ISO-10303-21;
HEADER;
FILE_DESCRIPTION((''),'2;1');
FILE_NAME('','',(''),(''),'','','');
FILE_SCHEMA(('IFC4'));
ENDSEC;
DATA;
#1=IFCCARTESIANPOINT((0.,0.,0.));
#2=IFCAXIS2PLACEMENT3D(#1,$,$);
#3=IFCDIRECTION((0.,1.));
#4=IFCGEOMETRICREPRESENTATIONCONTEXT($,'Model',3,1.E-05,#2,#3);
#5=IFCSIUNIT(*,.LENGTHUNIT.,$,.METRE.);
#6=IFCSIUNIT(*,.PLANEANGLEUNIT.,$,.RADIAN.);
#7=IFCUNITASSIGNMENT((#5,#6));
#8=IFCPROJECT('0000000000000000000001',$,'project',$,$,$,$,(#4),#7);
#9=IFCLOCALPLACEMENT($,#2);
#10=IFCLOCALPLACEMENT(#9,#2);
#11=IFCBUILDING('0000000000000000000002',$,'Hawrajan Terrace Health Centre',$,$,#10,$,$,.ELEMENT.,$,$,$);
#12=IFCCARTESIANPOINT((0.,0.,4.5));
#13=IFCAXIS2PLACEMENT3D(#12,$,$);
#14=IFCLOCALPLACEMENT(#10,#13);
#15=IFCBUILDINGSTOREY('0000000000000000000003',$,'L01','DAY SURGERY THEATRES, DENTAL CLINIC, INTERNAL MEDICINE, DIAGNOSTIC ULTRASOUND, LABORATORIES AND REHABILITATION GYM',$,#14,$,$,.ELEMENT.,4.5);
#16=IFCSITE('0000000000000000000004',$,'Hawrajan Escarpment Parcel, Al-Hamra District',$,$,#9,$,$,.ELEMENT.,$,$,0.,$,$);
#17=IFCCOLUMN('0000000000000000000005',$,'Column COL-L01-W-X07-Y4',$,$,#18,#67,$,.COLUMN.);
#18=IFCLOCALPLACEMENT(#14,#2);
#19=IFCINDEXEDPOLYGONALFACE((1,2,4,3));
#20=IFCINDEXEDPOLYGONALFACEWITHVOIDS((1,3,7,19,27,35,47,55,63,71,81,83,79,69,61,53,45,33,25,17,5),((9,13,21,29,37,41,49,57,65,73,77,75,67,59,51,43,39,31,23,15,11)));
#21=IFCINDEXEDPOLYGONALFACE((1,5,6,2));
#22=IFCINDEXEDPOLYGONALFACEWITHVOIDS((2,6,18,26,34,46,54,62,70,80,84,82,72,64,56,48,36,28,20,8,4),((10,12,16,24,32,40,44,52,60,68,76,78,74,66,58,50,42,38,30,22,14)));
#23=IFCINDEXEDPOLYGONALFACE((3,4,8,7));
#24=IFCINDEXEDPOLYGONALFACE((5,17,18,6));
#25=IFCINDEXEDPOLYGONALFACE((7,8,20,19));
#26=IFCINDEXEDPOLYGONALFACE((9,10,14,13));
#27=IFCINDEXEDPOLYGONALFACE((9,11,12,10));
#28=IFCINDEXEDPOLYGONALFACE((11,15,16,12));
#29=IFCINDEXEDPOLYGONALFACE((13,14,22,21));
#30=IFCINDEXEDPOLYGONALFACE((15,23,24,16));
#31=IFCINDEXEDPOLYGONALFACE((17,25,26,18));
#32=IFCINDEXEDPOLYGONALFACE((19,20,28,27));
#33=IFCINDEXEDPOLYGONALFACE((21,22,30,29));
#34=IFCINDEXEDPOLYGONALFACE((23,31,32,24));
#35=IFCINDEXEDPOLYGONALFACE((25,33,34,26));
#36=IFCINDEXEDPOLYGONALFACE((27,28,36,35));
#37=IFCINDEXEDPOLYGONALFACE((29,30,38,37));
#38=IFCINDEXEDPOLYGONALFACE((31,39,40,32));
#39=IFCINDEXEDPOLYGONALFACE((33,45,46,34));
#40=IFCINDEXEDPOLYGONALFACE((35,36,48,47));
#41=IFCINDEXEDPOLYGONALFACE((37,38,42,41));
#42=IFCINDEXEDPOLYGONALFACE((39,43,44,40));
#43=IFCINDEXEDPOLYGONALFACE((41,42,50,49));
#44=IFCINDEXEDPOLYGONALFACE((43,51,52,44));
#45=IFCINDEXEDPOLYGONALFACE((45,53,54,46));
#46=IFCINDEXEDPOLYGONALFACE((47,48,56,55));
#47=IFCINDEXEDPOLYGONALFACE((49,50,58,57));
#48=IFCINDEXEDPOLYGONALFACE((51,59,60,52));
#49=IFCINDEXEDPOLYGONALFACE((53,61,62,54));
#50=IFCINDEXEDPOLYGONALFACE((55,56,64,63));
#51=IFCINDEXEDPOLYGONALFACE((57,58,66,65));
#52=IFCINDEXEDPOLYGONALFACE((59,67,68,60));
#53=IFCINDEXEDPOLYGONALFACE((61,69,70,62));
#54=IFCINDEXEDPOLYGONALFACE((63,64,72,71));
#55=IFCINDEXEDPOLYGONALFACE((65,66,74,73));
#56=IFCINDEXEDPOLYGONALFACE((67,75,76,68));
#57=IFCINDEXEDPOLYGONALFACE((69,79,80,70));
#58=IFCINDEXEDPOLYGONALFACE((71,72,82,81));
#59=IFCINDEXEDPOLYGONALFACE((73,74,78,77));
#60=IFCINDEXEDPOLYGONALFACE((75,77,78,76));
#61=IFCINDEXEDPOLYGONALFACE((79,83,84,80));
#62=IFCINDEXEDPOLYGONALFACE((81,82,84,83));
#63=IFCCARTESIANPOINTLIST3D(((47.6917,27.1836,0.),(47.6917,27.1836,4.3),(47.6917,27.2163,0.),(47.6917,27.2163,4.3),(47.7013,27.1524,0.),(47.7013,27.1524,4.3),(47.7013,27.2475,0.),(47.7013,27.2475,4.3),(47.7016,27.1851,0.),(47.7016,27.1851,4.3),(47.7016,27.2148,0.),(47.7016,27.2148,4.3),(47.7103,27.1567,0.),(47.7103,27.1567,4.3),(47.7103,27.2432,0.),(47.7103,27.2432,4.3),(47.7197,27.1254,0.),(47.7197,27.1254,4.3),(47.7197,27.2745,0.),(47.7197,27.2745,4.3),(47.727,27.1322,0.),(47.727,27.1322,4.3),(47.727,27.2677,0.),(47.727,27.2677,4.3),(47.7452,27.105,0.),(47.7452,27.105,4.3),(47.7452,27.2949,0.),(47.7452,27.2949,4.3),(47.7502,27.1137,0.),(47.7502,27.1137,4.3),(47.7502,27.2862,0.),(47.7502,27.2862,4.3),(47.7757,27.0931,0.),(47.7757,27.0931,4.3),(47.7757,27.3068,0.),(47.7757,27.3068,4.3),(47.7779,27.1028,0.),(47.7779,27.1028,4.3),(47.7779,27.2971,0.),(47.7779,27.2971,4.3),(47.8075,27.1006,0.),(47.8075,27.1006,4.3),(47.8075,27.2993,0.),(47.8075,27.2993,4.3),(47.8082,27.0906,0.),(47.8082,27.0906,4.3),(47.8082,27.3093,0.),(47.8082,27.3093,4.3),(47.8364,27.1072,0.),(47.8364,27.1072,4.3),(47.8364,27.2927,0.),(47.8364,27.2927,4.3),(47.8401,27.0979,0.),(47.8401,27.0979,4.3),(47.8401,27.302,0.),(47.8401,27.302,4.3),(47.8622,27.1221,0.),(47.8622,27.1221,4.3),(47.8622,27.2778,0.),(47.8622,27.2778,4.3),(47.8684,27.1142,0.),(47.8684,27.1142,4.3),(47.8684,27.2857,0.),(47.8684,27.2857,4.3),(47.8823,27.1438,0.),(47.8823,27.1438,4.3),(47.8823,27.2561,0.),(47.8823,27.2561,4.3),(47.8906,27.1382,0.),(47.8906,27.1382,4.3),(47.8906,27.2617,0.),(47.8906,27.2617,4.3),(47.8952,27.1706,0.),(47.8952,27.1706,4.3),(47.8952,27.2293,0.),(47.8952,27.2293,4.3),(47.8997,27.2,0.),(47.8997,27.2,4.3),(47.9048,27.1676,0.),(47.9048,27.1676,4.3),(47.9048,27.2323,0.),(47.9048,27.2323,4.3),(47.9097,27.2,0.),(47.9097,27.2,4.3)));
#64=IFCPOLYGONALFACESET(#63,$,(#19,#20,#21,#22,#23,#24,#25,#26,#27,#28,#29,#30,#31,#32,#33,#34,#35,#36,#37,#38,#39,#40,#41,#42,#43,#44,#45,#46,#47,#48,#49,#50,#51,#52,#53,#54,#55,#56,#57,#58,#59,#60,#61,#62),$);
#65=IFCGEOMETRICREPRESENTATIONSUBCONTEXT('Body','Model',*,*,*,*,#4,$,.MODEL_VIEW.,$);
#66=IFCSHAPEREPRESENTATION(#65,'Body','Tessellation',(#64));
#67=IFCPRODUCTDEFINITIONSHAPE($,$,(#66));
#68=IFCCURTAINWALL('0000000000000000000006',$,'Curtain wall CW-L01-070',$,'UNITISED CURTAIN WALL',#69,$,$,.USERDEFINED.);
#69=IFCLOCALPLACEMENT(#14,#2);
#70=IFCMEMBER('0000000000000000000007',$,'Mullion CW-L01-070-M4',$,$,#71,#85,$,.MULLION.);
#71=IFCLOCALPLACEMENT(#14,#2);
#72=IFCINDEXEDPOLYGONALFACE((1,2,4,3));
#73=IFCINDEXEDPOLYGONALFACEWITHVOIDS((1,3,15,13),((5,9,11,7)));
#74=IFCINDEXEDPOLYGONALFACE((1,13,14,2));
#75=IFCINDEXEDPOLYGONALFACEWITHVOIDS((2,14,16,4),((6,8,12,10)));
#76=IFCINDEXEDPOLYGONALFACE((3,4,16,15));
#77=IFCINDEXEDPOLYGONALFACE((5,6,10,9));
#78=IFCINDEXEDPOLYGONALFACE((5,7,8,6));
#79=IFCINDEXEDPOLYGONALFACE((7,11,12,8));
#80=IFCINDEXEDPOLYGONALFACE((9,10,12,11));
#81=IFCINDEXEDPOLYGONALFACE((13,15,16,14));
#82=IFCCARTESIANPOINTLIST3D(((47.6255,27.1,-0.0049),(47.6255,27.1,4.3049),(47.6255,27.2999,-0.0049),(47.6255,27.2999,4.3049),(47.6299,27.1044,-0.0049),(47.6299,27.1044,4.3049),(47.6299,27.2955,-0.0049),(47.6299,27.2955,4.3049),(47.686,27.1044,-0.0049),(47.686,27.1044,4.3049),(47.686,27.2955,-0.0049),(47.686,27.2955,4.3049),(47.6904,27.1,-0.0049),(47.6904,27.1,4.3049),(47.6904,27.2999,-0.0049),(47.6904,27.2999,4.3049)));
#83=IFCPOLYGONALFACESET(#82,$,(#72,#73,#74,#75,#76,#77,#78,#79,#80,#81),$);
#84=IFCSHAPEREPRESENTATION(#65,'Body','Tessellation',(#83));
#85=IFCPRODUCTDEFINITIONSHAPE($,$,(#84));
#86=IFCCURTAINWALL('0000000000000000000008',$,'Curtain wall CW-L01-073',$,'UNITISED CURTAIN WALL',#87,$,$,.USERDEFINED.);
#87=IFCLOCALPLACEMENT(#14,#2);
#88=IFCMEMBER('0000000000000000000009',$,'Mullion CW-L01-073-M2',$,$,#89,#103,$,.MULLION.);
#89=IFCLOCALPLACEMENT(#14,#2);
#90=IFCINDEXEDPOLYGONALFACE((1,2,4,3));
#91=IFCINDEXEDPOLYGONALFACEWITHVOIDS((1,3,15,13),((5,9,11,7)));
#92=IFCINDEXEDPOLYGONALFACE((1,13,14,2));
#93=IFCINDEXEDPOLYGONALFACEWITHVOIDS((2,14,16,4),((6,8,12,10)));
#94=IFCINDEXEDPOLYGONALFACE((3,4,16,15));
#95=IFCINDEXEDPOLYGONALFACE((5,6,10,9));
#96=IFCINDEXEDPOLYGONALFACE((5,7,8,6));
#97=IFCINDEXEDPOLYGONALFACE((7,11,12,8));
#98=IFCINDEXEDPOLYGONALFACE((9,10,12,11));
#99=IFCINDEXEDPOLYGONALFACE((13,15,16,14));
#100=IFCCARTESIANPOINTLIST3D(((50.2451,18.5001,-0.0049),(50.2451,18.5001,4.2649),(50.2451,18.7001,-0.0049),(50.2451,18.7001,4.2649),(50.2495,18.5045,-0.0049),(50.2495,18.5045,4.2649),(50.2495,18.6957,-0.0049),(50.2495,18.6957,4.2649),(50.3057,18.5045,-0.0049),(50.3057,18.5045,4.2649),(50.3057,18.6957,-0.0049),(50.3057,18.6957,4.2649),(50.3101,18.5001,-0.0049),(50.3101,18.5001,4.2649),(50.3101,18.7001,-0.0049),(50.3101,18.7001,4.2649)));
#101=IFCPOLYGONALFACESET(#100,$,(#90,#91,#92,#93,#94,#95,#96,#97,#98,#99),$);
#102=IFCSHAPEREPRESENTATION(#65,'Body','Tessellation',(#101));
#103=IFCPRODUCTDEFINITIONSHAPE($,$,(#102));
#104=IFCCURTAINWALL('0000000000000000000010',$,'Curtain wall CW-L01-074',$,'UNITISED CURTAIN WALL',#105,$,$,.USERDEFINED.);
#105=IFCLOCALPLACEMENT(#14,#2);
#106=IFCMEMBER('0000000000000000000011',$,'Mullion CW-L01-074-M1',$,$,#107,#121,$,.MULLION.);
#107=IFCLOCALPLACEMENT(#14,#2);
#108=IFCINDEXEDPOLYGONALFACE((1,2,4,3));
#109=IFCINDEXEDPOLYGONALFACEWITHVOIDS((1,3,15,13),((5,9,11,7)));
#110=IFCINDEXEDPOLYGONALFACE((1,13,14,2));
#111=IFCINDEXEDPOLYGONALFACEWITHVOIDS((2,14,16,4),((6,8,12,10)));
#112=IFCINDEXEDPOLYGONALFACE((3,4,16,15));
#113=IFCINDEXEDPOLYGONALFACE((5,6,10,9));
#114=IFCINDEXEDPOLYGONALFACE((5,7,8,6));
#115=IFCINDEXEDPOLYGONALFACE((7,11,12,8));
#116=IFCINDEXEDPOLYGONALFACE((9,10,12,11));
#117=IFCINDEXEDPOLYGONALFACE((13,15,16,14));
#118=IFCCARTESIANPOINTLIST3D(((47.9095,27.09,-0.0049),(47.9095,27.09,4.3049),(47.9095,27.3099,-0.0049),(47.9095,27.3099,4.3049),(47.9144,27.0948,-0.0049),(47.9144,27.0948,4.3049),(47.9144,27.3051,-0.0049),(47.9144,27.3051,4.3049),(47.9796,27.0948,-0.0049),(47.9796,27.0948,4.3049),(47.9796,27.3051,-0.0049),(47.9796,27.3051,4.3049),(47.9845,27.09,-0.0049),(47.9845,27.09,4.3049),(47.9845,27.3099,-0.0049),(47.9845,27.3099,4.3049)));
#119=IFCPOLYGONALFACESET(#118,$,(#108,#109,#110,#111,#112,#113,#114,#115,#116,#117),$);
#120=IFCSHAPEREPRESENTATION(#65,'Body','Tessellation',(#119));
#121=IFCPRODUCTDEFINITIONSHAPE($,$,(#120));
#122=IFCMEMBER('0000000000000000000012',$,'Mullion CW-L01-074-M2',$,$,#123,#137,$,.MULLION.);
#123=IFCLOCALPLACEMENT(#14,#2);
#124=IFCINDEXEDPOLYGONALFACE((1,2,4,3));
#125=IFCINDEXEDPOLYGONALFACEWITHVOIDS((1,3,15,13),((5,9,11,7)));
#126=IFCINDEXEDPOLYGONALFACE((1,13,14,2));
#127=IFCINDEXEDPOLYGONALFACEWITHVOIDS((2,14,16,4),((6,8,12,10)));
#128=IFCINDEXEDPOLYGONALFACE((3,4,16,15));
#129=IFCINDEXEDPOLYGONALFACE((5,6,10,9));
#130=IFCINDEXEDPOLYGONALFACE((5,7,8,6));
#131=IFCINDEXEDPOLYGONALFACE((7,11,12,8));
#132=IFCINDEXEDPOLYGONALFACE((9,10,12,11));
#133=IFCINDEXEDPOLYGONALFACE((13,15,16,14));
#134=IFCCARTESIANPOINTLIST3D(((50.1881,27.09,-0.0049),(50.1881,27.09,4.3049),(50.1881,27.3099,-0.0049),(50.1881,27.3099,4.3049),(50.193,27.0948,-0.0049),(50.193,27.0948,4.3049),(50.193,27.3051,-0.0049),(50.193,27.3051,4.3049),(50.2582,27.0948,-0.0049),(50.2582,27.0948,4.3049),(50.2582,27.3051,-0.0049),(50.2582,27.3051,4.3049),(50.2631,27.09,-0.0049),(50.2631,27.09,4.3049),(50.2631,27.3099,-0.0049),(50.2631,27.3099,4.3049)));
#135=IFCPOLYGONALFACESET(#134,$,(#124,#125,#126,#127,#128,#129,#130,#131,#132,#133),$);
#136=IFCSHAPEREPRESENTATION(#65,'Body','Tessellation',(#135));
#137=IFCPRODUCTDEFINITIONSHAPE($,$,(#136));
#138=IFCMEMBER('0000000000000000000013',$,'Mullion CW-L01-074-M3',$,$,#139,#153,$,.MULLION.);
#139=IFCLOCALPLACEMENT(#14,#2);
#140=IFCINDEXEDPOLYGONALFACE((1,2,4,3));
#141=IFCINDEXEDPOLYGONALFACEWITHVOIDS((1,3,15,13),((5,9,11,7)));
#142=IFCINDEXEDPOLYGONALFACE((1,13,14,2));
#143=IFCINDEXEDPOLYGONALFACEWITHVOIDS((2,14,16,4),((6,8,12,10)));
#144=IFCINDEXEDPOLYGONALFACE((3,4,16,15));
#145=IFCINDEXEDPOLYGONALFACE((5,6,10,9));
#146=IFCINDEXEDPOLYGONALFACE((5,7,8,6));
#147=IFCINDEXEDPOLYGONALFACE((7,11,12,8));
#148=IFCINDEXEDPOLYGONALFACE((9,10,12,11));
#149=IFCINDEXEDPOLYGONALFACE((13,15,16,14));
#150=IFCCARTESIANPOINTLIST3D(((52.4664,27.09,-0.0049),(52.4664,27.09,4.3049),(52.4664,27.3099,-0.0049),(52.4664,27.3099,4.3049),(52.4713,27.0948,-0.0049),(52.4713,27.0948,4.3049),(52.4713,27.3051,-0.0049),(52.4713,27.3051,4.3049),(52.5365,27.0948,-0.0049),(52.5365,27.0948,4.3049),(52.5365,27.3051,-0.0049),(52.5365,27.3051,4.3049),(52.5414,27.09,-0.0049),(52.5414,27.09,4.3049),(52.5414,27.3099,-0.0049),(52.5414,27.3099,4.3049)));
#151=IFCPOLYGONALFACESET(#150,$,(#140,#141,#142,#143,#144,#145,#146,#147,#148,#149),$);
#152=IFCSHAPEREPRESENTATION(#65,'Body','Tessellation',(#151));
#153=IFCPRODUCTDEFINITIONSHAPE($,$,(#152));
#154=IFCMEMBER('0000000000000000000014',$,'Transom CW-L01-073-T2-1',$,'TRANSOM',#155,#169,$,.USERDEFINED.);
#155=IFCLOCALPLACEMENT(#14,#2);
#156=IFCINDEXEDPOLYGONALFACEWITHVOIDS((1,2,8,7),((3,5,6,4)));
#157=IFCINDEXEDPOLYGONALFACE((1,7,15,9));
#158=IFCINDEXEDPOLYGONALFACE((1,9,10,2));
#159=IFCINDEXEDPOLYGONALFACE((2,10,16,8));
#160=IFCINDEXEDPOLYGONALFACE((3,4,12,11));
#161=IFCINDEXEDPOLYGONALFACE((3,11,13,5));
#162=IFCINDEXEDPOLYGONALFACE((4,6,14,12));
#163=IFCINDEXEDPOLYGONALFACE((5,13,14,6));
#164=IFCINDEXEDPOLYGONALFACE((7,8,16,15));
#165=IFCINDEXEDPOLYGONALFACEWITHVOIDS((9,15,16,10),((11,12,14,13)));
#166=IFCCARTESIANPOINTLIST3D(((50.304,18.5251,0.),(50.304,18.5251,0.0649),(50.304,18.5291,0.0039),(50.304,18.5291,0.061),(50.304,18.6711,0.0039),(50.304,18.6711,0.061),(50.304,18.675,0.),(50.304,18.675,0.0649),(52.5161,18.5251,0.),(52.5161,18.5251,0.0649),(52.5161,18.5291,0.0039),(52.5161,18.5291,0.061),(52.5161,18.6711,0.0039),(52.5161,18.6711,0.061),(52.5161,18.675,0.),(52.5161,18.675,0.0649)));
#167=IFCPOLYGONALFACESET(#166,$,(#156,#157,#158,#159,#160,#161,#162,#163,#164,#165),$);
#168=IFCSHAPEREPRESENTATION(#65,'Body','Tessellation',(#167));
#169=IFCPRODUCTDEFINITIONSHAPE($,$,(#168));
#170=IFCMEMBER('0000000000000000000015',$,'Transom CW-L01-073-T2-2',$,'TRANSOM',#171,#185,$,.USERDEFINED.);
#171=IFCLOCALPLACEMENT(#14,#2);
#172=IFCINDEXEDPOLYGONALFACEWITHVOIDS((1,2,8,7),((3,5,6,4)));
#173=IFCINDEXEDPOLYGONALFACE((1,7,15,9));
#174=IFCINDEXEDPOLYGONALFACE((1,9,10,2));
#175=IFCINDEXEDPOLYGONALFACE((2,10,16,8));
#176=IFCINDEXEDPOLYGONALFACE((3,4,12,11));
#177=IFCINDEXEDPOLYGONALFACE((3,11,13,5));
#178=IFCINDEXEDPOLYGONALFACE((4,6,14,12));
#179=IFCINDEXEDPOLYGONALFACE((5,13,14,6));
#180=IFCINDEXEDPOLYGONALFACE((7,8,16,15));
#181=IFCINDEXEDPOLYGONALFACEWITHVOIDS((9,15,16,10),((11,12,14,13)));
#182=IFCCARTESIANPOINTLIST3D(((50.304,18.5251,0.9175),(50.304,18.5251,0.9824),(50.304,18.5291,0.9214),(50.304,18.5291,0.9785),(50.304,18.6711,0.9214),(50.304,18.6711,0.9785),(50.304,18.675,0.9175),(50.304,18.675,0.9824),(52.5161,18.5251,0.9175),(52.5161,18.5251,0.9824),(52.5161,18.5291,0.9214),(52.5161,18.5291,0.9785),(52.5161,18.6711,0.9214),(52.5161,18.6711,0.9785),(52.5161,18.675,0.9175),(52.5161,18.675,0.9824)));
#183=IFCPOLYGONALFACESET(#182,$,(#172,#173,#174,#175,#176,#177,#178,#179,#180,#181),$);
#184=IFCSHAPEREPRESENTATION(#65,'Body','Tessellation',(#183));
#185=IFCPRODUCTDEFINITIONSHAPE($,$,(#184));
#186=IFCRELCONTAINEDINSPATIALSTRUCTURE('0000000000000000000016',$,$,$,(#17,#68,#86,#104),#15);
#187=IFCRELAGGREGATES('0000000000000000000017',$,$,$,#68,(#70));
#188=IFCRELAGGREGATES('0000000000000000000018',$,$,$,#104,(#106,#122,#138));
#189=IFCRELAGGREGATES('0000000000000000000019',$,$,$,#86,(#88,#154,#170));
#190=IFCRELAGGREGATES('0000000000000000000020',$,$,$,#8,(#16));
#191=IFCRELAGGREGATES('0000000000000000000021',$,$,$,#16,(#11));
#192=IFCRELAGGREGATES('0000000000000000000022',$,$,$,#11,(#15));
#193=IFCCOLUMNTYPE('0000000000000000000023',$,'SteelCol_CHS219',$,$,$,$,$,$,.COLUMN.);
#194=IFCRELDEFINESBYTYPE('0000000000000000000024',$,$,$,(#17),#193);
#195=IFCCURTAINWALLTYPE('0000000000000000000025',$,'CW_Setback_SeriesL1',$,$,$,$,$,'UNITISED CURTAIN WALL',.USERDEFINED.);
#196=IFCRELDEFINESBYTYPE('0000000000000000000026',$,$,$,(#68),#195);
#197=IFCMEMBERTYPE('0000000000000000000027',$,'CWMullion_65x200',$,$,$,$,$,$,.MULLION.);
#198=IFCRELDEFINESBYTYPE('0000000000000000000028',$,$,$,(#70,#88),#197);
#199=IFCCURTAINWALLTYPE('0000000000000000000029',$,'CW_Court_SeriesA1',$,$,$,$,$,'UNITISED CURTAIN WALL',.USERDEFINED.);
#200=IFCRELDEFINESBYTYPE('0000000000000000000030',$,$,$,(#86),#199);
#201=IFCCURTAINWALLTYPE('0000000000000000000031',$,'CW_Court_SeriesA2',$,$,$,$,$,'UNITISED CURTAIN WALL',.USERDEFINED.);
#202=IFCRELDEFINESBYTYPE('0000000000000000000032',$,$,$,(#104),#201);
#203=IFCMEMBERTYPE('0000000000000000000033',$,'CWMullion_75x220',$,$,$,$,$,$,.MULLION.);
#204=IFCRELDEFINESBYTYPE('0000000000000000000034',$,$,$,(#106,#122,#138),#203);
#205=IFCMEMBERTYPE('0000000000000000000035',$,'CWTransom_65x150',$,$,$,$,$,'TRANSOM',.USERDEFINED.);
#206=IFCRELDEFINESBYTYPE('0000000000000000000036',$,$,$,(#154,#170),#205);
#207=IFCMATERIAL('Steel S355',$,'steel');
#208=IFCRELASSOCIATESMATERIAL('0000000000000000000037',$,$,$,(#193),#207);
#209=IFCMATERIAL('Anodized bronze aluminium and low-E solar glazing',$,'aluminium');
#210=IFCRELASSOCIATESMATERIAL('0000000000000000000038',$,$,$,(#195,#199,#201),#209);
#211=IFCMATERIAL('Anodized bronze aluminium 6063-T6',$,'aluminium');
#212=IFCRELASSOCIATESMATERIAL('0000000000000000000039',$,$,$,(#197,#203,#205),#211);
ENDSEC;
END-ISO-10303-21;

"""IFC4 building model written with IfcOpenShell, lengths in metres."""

from ifc_helpers import new_model, si_unit, direction, frame, origin, origin_2d, place, context, subcontext, project, spatial, hollow_rectangle, hollow_circle, extrude, material, material_profile, profile_set, type_object, element, aggregate, save


model = new_model("IFC4")

# Units and contexts
model_context = context("Model", 3, precision=1e-05, world=origin(), true_north=direction((0.0, 1.0)))
body_context = subcontext(model_context, "Body", "Model", "MODEL_VIEW")
ifc_project = project(units=[si_unit("LENGTHUNIT", "METRE"), si_unit("PLANEANGLEUNIT", "RADIAN")], contexts=[model_context])

# Site, building, storey
site_placement = place(None, origin())
site = spatial("IfcSite", under=ifc_project, at=site_placement, Name="Hawrajan Escarpment Parcel, Al-Hamra District", CompositionType="ELEMENT", RefElevation=0.0)
building_placement = place(site_placement, origin())
building = spatial("IfcBuilding", under=site, at=building_placement, Name="Hawrajan Terrace Health Centre", CompositionType="ELEMENT")
storey_placement = place(building_placement, frame((0.0, 0.0, 4.5)))
storey = spatial("IfcBuildingStorey", under=building, at=storey_placement, Name="L01", Description="DAY SURGERY THEATRES, DENTAL CLINIC, INTERNAL MEDICINE, DIAGNOSTIC ULTRASOUND, LABORATORIES AND REHABILITATION GYM", CompositionType="ELEMENT", Elevation=4.5)

# Column
ifc_material_1 = material(Name="Steel S355", Category="steel")
ifc_material_profile_1 = material_profile(ifc_material_1, hollow_circle(Radius=0.1096, WallThickness=0.01, at=origin_2d()), Name="CHS 219.1x10.0")
ifc_profile_set_1 = profile_set([ifc_material_profile_1], Name="Steel S355")
column_type = type_object("IfcColumnType", Name="SteelCol_CHS219", PredefinedType="COLUMN", material=ifc_profile_set_1)
column_placement = place(storey_placement, frame((47.8, 27.2, 0.0), z_axis=(0.0, 0.0, 1.0), x_axis=(1.0, 0.0, 0.0)))
element("IfcColumn", 1, at=column_placement, inside=storey, type_object=column_type, Name="Column COL-L01-W-X07-Y4", PredefinedType="COLUMN", context=body_context, shape_type="SweptSolid", body=[
    extrude(hollow_circle(Radius=0.1096, WallThickness=0.01, at=origin_2d()), origin(), (0.0, 0.0, 1.0), 4.3),
])

# Curtain walls, members
ifc_material_2 = material(Name="Anodized bronze aluminium and low-E solar glazing", Category="aluminium")
curtain_wall_type_1 = type_object("IfcCurtainWallType", Name="CW_Setback_SeriesL1", ElementType="UNITISED CURTAIN WALL", PredefinedType="USERDEFINED", material=ifc_material_2)
curtain_wall_1_placement = place(storey_placement, origin())
curtain_wall_1 = element("IfcCurtainWall", 2, at=curtain_wall_1_placement, inside=storey, type_object=curtain_wall_type_1, Name="Curtain wall CW-L01-070", ObjectType="UNITISED CURTAIN WALL", PredefinedType="USERDEFINED")
ifc_material_3 = material(Name="Anodized bronze aluminium 6063-T6", Category="aluminium")
ifc_material_profile_2 = material_profile(ifc_material_3, hollow_rectangle(XDim=0.0649, YDim=0.2, WallThickness=0.0044, at=origin_2d()), Name="CW MUL 65x200")
ifc_profile_set_2 = profile_set([ifc_material_profile_2], Name="Anodized bronze aluminium 6063-T6")
member_type_1 = type_object("IfcMemberType", Name="CWMullion_65x200", PredefinedType="MULLION", material=ifc_profile_set_2)
member_1_placement = place(storey_placement, frame((47.658, 27.2, -0.0049), z_axis=(0.0, 0.0, 1.0), x_axis=(1.0, 0.0, 0.0)))
member_1 = element("IfcMember", 3, at=member_1_placement, type_object=member_type_1, Name="Mullion CW-L01-070-M4", PredefinedType="MULLION", context=body_context, shape_type="SweptSolid", body=[
    extrude(hollow_rectangle(XDim=0.0649, YDim=0.2, WallThickness=0.0044, at=origin_2d()), origin(), (0.0, 0.0, 1.0), 4.3098),
])
aggregate(curtain_wall_1, [member_1])
curtain_wall_type_2 = type_object("IfcCurtainWallType", Name="CW_Court_SeriesA1", ElementType="UNITISED CURTAIN WALL", PredefinedType="USERDEFINED", material=ifc_material_2)
curtain_wall_2_placement = place(storey_placement, origin())
curtain_wall_2 = element("IfcCurtainWall", 4, at=curtain_wall_2_placement, inside=storey, type_object=curtain_wall_type_2, Name="Curtain wall CW-L01-073", ObjectType="UNITISED CURTAIN WALL", PredefinedType="USERDEFINED")
member_2_placement = place(storey_placement, frame((50.2776, 18.6001, -0.0049), z_axis=(0.0, 0.0, 1.0), x_axis=(1.0, 0.0, 0.0)))
member_2 = element("IfcMember", 5, at=member_2_placement, type_object=member_type_1, Name="Mullion CW-L01-073-M2", PredefinedType="MULLION", context=body_context, shape_type="SweptSolid", body=[
    extrude(hollow_rectangle(XDim=0.0649, YDim=0.2, WallThickness=0.0044, at=origin_2d()), origin(), (0.0, 0.0, 1.0), 4.2698),
])

# Curtain wall, members
curtain_wall_type_3 = type_object("IfcCurtainWallType", Name="CW_Court_SeriesA2", ElementType="UNITISED CURTAIN WALL", PredefinedType="USERDEFINED", material=ifc_material_2)
curtain_wall_3_placement = place(storey_placement, origin())
curtain_wall_3 = element("IfcCurtainWall", 6, at=curtain_wall_3_placement, inside=storey, type_object=curtain_wall_type_3, Name="Curtain wall CW-L01-074", ObjectType="UNITISED CURTAIN WALL", PredefinedType="USERDEFINED")
ifc_material_profile_3 = material_profile(ifc_material_3, hollow_rectangle(XDim=0.075, YDim=0.22, WallThickness=0.0049, at=origin_2d()), Name="CW MUL 75x220")
ifc_profile_set_3 = profile_set([ifc_material_profile_3], Name="Anodized bronze aluminium 6063-T6")
member_type_2 = type_object("IfcMemberType", Name="CWMullion_75x220", PredefinedType="MULLION", material=ifc_profile_set_3)
member_3_placement = place(storey_placement, frame((47.947, 27.2, -0.0049), z_axis=(0.0, 0.0, 1.0), x_axis=(1.0, 0.0, 0.0)))
member_3 = element("IfcMember", 7, at=member_3_placement, type_object=member_type_2, Name="Mullion CW-L01-074-M1", PredefinedType="MULLION", context=body_context, shape_type="SweptSolid", body=[
    extrude(hollow_rectangle(XDim=0.075, YDim=0.22, WallThickness=0.0049, at=origin_2d()), origin(), (0.0, 0.0, 1.0), 4.3098),
])
member_4_placement = place(storey_placement, frame((50.2256, 27.2, -0.0049), z_axis=(0.0, 0.0, 1.0), x_axis=(1.0, 0.0, 0.0)))
member_4 = element("IfcMember", 8, at=member_4_placement, type_object=member_type_2, Name="Mullion CW-L01-074-M2", PredefinedType="MULLION", context=body_context, shape_type="SweptSolid", body=[
    extrude(hollow_rectangle(XDim=0.075, YDim=0.22, WallThickness=0.0049, at=origin_2d()), origin(), (0.0, 0.0, 1.0), 4.3098),
])
member_5_placement = place(storey_placement, frame((52.5039, 27.2, -0.0049), z_axis=(0.0, 0.0, 1.0), x_axis=(1.0, 0.0, 0.0)))
member_5 = element("IfcMember", 9, at=member_5_placement, type_object=member_type_2, Name="Mullion CW-L01-074-M3", PredefinedType="MULLION", context=body_context, shape_type="SweptSolid", body=[
    extrude(hollow_rectangle(XDim=0.075, YDim=0.22, WallThickness=0.0049, at=origin_2d()), origin(), (0.0, 0.0, 1.0), 4.3098),
])

# Members
ifc_material_profile_4 = material_profile(ifc_material_3, hollow_rectangle(XDim=0.0649, YDim=0.1499, WallThickness=0.0039, at=origin_2d()), Name="CW TRN 65x150")
ifc_profile_set_4 = profile_set([ifc_material_profile_4], Name="Anodized bronze aluminium 6063-T6")
member_type_3 = type_object("IfcMemberType", Name="CWTransom_65x150", ElementType="TRANSOM", PredefinedType="USERDEFINED", material=ifc_profile_set_4)
member_6_placement = place(storey_placement, frame((50.304, 18.6001, 0.0325), z_axis=(1.0, 0.0, 0.0), x_axis=(0.0, 0.0, 1.0)))
member_6 = element("IfcMember", 10, at=member_6_placement, type_object=member_type_3, Name="Transom CW-L01-073-T2-1", ObjectType="TRANSOM", PredefinedType="USERDEFINED", context=body_context, shape_type="SweptSolid", body=[
    extrude(hollow_rectangle(XDim=0.0649, YDim=0.1499, WallThickness=0.0039, at=origin_2d()), origin(), (0.0, 0.0, 1.0), 2.2122),
])
member_7_placement = place(storey_placement, frame((50.304, 18.6001, 0.95), z_axis=(1.0, 0.0, 0.0), x_axis=(0.0, 0.0, 1.0)))
member_7 = element("IfcMember", 11, at=member_7_placement, type_object=member_type_3, Name="Transom CW-L01-073-T2-2", ObjectType="TRANSOM", PredefinedType="USERDEFINED", context=body_context, shape_type="SweptSolid", body=[
    extrude(hollow_rectangle(XDim=0.0649, YDim=0.1499, WallThickness=0.0039, at=origin_2d()), origin(), (0.0, 0.0, 1.0), 2.2122),
])

aggregate(curtain_wall_3, [member_3, member_4, member_5])
aggregate(curtain_wall_2, [member_2, member_6, member_7])

save(model, "model.ifc")
